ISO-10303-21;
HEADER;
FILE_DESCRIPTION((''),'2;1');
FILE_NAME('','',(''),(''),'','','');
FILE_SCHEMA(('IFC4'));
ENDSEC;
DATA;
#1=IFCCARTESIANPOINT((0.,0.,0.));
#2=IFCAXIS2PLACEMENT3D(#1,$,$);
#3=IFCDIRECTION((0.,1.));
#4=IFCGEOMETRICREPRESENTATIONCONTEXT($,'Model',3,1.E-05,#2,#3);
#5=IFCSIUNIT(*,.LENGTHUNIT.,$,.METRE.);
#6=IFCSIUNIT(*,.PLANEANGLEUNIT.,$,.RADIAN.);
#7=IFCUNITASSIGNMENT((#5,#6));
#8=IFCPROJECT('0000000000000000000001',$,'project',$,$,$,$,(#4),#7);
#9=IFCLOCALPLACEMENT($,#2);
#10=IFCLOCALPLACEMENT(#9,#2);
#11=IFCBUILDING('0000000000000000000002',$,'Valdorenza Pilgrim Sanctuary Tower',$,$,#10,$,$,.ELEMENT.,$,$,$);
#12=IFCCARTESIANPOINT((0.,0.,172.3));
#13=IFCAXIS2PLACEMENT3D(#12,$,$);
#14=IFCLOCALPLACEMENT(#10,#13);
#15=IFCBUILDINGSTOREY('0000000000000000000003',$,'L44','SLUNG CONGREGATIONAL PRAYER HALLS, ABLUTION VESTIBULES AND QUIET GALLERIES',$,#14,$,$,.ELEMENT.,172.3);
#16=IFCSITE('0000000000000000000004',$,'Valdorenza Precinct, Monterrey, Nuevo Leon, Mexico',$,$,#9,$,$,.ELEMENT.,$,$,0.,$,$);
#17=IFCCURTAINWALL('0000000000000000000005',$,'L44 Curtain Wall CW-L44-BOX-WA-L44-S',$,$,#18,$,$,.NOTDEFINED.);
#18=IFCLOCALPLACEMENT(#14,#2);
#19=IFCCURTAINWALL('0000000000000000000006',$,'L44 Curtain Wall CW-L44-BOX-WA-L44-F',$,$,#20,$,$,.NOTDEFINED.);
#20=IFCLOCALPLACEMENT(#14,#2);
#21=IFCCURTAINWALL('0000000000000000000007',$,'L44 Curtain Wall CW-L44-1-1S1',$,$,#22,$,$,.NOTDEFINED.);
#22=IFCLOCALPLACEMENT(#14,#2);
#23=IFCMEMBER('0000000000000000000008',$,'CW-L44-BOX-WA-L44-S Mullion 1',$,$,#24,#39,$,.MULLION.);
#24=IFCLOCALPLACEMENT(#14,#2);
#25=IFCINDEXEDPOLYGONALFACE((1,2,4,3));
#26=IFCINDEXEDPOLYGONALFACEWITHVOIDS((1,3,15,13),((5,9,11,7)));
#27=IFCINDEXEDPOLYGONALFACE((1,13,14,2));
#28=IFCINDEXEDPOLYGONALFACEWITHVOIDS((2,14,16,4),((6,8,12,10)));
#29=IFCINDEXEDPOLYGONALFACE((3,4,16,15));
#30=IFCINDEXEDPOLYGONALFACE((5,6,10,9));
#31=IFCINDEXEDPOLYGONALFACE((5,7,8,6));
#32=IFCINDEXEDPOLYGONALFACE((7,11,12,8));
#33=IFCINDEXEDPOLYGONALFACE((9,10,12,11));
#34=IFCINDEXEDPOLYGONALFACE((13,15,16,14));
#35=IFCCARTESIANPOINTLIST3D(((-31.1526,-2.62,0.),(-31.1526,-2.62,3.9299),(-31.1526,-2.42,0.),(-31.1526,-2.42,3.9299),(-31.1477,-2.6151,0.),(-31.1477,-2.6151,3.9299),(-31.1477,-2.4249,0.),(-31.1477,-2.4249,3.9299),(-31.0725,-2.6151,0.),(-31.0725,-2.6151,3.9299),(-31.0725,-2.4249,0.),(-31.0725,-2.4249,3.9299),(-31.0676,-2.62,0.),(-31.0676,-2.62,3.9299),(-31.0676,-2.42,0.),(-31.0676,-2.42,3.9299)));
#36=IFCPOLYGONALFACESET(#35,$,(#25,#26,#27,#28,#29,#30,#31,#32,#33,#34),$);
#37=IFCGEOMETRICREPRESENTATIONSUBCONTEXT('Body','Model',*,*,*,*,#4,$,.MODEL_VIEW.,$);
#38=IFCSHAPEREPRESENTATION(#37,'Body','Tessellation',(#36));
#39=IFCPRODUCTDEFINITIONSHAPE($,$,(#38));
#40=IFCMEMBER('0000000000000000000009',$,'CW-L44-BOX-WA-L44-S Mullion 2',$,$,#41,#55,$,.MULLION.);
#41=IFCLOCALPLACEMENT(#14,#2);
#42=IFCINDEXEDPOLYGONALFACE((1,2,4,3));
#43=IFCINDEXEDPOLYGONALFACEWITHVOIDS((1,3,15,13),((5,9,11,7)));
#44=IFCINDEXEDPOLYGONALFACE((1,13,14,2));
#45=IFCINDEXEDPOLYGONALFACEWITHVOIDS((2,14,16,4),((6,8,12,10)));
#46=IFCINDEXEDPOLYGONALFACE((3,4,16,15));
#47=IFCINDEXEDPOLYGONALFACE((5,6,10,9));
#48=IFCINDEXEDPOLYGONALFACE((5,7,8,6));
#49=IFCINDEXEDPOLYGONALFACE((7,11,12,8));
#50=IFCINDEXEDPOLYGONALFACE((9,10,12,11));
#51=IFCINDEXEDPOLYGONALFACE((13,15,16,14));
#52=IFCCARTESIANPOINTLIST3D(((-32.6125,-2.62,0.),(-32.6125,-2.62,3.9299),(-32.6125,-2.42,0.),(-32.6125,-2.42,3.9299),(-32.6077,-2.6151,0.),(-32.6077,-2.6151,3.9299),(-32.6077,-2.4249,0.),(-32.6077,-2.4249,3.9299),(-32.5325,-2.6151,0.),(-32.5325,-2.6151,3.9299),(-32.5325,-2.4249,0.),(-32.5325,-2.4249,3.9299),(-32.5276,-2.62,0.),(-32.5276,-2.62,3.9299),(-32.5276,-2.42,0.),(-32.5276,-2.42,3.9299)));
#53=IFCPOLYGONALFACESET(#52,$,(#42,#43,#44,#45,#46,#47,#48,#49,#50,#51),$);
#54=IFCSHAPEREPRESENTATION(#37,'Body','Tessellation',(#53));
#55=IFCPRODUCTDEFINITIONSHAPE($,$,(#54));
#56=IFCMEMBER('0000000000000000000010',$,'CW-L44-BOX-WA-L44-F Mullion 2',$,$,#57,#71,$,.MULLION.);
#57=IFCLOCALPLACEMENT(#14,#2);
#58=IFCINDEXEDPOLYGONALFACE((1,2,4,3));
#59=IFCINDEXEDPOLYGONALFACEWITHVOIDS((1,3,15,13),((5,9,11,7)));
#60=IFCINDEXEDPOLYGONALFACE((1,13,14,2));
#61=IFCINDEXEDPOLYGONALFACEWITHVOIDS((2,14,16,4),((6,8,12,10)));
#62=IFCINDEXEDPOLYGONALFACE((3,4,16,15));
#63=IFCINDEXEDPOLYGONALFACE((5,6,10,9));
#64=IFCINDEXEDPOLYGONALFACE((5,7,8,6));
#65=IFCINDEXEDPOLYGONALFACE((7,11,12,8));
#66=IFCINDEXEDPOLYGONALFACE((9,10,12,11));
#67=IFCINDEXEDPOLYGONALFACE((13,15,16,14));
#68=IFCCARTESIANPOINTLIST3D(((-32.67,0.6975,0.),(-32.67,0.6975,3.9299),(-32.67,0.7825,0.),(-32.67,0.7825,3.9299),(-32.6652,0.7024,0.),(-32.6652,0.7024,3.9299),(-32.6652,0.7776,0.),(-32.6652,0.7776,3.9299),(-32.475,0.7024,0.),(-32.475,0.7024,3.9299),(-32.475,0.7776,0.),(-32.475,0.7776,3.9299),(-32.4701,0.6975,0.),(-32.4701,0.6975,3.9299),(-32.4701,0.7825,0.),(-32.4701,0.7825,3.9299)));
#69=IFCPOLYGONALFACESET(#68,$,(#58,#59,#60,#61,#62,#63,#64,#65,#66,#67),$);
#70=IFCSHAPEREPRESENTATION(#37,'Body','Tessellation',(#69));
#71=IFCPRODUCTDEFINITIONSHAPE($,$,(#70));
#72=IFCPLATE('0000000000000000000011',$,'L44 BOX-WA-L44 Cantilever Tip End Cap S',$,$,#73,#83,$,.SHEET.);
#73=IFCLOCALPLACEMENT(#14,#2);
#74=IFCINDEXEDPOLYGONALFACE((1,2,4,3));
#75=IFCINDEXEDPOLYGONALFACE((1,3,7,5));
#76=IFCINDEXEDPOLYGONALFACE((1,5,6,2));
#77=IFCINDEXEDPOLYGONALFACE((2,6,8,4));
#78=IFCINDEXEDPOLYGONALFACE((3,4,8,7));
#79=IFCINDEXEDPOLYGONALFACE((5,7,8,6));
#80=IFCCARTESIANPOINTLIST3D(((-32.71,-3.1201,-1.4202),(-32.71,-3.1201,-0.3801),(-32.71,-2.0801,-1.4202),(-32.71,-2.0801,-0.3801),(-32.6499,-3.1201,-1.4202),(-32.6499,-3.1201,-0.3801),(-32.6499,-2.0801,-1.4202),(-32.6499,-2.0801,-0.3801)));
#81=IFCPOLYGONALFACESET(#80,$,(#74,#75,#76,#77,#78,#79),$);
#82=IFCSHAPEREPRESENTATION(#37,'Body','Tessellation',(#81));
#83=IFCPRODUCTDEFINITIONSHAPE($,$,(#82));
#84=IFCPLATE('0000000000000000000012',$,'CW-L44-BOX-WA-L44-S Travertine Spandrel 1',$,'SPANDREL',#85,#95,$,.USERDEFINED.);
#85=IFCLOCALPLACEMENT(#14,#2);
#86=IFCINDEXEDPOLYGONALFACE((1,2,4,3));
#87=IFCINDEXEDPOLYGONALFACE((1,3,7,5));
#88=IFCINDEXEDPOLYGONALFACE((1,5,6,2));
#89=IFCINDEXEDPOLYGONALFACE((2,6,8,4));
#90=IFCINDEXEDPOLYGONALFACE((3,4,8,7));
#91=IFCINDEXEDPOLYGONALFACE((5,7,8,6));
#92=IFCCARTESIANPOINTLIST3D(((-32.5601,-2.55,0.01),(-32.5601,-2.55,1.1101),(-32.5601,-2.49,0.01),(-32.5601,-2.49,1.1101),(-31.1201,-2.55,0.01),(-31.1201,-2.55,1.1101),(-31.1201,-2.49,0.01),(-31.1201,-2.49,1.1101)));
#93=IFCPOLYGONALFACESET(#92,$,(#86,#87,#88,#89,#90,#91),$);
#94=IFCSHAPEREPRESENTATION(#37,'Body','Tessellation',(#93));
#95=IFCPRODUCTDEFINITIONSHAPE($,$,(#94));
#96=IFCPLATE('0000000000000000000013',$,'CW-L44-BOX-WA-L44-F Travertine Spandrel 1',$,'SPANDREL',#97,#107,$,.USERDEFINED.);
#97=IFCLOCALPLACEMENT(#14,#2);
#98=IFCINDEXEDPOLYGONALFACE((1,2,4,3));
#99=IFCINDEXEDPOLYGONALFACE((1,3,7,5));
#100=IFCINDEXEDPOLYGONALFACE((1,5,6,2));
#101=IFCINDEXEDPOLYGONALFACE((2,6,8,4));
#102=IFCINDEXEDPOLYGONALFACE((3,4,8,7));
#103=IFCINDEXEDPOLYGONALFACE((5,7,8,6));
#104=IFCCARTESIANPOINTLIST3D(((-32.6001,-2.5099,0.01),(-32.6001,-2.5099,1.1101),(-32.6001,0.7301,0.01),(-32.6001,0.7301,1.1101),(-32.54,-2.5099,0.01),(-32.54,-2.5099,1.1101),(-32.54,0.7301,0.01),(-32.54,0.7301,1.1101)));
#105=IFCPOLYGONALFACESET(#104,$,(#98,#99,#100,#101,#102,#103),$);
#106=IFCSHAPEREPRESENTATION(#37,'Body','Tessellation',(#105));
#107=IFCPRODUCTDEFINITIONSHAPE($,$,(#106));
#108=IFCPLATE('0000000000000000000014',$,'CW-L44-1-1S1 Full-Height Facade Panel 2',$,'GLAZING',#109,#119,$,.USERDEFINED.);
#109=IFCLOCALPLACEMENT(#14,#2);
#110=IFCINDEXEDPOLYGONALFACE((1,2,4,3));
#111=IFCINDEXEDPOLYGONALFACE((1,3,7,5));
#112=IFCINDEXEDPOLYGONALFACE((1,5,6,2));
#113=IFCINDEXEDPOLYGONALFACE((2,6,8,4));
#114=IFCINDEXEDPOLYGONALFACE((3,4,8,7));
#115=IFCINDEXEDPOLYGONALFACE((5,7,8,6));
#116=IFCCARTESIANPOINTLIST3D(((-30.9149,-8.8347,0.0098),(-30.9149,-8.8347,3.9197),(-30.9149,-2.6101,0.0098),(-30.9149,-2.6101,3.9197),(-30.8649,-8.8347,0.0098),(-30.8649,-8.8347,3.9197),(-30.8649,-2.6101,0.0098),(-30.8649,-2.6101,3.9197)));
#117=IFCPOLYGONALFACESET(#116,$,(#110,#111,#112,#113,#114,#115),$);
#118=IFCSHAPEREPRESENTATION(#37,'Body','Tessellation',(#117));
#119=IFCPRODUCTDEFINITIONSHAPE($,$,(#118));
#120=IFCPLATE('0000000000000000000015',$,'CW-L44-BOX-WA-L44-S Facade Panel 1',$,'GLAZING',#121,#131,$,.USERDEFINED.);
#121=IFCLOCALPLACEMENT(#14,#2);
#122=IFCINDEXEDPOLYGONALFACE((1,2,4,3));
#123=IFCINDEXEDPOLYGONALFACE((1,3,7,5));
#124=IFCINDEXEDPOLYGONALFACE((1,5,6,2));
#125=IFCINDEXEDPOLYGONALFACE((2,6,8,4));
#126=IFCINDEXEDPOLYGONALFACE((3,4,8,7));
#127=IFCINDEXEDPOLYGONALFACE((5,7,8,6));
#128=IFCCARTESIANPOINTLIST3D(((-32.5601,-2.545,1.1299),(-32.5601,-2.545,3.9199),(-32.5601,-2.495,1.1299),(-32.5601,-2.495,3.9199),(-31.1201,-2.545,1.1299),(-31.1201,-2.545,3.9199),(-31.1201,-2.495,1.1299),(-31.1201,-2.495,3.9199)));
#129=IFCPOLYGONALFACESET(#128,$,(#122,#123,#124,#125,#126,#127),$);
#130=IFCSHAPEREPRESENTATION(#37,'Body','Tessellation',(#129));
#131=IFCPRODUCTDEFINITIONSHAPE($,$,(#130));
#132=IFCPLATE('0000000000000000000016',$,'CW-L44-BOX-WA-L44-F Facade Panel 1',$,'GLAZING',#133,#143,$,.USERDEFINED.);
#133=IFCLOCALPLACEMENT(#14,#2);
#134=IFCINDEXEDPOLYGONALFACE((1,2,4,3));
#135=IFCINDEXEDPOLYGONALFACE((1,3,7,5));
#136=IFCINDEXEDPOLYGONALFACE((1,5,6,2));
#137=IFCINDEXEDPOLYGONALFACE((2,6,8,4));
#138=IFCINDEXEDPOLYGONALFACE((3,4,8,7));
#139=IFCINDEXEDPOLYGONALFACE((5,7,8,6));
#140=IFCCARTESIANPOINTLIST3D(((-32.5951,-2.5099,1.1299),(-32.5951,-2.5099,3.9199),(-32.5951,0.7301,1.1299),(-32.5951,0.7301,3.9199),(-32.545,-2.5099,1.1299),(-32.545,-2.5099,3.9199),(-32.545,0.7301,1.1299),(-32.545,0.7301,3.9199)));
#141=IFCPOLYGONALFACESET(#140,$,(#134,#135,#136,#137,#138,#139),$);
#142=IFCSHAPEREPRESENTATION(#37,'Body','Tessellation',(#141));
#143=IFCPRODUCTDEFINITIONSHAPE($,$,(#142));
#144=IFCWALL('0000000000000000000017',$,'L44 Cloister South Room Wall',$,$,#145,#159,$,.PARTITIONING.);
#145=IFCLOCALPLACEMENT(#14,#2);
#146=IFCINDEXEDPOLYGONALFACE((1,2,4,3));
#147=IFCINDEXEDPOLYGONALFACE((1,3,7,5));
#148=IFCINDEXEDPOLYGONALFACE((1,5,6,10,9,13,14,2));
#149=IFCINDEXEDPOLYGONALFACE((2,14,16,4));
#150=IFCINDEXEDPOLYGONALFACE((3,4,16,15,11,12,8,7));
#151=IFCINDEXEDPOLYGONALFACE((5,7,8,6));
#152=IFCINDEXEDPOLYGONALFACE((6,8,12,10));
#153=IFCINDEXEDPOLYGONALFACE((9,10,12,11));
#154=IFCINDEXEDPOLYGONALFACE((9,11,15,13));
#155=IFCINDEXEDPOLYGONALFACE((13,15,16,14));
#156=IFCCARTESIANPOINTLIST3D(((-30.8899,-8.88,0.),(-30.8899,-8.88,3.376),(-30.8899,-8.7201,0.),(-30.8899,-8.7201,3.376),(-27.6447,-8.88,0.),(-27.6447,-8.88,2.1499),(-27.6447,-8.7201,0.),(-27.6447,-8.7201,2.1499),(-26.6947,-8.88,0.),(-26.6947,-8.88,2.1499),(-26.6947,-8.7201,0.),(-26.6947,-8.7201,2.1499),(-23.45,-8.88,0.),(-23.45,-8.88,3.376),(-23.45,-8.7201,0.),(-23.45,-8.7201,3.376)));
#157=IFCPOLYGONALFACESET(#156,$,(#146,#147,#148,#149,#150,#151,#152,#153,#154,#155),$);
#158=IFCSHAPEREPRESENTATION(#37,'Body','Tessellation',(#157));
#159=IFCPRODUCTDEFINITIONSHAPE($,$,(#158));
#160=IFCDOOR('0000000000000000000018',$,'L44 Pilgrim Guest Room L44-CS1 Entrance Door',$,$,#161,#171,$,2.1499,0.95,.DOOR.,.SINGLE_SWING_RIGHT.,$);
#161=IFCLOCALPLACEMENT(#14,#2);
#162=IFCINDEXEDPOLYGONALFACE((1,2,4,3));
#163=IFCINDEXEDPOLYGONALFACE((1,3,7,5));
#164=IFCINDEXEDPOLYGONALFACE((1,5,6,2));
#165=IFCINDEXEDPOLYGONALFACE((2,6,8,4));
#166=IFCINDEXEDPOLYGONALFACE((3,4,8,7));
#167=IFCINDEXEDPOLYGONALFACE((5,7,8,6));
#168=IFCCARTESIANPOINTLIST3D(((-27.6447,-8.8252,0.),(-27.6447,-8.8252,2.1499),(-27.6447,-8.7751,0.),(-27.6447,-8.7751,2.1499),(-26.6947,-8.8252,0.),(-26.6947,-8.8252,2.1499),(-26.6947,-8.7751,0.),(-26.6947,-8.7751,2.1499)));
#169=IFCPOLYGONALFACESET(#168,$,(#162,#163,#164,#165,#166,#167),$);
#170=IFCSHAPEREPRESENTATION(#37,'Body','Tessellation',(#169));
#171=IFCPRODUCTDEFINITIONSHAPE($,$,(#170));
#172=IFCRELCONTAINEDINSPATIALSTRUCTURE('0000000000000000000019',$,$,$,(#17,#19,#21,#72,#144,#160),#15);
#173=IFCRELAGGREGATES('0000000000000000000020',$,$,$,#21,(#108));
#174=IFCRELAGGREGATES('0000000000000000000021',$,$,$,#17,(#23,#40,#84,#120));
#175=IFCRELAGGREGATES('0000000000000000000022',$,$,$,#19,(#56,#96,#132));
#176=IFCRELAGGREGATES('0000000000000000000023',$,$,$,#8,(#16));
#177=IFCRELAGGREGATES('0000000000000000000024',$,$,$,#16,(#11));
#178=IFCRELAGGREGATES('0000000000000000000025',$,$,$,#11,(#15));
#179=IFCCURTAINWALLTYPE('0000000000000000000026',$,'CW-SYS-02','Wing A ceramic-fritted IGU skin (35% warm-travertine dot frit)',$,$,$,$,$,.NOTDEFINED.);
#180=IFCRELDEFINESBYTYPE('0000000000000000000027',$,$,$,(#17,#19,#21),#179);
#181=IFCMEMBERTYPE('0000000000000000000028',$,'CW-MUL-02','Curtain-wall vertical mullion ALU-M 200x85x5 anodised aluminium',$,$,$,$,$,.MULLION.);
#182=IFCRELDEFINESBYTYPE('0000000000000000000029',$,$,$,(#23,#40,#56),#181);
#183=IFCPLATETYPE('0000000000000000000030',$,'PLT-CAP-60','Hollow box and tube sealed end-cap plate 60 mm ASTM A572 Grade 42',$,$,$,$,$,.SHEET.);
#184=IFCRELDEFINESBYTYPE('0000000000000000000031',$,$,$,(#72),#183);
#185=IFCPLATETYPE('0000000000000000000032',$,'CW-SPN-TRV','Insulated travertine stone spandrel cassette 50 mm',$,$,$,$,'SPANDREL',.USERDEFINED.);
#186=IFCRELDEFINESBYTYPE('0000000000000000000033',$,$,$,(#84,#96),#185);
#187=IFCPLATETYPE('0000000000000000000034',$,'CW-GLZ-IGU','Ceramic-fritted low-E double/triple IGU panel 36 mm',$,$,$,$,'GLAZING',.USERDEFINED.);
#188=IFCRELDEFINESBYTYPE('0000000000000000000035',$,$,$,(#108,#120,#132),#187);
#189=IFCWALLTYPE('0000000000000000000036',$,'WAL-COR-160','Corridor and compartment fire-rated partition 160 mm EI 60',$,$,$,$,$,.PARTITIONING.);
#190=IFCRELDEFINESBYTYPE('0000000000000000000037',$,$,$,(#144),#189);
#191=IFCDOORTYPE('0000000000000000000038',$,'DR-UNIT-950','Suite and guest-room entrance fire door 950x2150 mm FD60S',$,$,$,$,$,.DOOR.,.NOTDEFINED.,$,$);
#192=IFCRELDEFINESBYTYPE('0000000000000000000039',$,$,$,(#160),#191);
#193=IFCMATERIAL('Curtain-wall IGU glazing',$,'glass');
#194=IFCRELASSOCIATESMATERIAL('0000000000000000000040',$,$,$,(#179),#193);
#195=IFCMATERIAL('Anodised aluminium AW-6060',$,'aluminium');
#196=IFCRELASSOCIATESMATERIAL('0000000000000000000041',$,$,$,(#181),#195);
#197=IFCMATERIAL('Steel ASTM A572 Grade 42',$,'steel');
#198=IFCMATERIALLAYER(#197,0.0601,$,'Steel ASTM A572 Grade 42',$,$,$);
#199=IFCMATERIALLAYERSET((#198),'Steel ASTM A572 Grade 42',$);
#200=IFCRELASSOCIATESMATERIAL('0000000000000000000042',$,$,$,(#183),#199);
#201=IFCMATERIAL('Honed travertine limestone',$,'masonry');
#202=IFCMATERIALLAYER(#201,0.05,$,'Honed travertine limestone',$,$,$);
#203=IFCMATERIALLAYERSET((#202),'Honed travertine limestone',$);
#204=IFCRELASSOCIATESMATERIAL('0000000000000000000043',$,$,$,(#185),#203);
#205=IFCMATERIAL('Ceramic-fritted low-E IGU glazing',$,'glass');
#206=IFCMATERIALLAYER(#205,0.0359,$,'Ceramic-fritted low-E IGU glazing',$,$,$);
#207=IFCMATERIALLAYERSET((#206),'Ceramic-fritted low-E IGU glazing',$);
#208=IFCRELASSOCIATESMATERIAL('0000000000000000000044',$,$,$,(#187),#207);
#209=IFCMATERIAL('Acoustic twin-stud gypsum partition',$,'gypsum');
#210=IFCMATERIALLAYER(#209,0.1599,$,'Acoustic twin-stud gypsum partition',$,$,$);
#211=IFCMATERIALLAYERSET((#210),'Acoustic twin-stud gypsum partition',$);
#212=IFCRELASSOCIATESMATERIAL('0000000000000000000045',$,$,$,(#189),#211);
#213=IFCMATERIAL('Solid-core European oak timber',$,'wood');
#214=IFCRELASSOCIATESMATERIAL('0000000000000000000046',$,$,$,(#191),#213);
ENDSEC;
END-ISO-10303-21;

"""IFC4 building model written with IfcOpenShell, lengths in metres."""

from ifc_helpers import new_model, si_unit, direction, frame, frame_2d, origin, origin_2d, place, context, subcontext, project, spatial, rectangle, hollow_rectangle, extrude, source, transform, mapped, material, layer, layer_set, material_profile, profile_set, type_object, element, fill, aggregate, save


model = new_model("IFC4")

# Units and contexts
model_context = context("Model", 3, precision=1e-05, world=origin(), true_north=direction((0.0, 1.0)))
body_context = subcontext(model_context, "Body", "Model", "MODEL_VIEW")
ifc_project = project(units=[si_unit("LENGTHUNIT", "METRE"), si_unit("PLANEANGLEUNIT", "RADIAN")], contexts=[model_context])

# Site, building, storey
site_placement = place(None, origin())
site = spatial("IfcSite", under=ifc_project, at=site_placement, Name="Valdorenza Precinct, Monterrey, Nuevo Leon, Mexico", CompositionType="ELEMENT", RefElevation=0.0)
building_placement = place(site_placement, origin())
building = spatial("IfcBuilding", under=site, at=building_placement, Name="Valdorenza Pilgrim Sanctuary Tower", CompositionType="ELEMENT")
storey_placement = place(building_placement, frame((0.0, 0.0, 172.3)))
storey = spatial("IfcBuildingStorey", under=building, at=storey_placement, Name="L44", Description="SLUNG CONGREGATIONAL PRAYER HALLS, ABLUTION VESTIBULES AND QUIET GALLERIES", CompositionType="ELEMENT", Elevation=172.3)

# Curtain walls
ifc_material_1 = material(Name="Curtain-wall IGU glazing", Category="glass")
curtain_wall_type = type_object("IfcCurtainWallType", Name="CW-SYS-02", Description="Wing A ceramic-fritted IGU skin (35% warm-travertine dot frit)", PredefinedType="NOTDEFINED", material=ifc_material_1)
curtain_wall_1_placement = place(storey_placement, origin())
curtain_wall_1 = element("IfcCurtainWall", 1, at=curtain_wall_1_placement, inside=storey, type_object=curtain_wall_type, Name="L44 Curtain Wall CW-L44-BOX-WA-L44-S", PredefinedType="NOTDEFINED")
ifc_material_2 = material(Name="Anodised aluminium AW-6060", Category="aluminium")
curtain_wall_2_placement = place(storey_placement, origin())
curtain_wall_2 = element("IfcCurtainWall", 2, at=curtain_wall_2_placement, inside=storey, type_object=curtain_wall_type, Name="L44 Curtain Wall CW-L44-BOX-WA-L44-F", PredefinedType="NOTDEFINED")
curtain_wall_3_placement = place(storey_placement, origin())
curtain_wall_3 = element("IfcCurtainWall", 3, at=curtain_wall_3_placement, inside=storey, type_object=curtain_wall_type, Name="L44 Curtain Wall CW-L44-1-1S1", PredefinedType="NOTDEFINED")
ifc_material_profile_1 = material_profile(ifc_material_2, hollow_rectangle(XDim=0.085, YDim=0.2, WallThickness=0.0049, at=origin_2d()), Name="ALU-M 200x85x5")
ifc_profile_set_1 = profile_set([ifc_material_profile_1], Name="Anodised aluminium AW-6060")
member_type_1 = type_object("IfcMemberType", Name="CW-MUL-02", Description="Curtain-wall vertical mullion ALU-M 200x85x5 anodised aluminium", PredefinedType="MULLION", material=ifc_profile_set_1)
shared_shape_1 = source(origin(), body_context, "Body", "SweptSolid", [
    extrude(hollow_rectangle(XDim=0.085, YDim=0.2, WallThickness=0.0049, at=origin_2d()), origin(), (0.0, 0.0, 1.0), 3.9299),
])

# Members
member_1_placement = place(storey_placement, frame((-31.1101, -2.52, 0.0), z_axis=(0.0, 0.0, 1.0), x_axis=(-1.0, 0.0, 0.0)))
member_1 = element("IfcMember", 4, at=member_1_placement, type_object=member_type_1, Name="CW-L44-BOX-WA-L44-S Mullion 1", PredefinedType="MULLION", context=body_context, shape_type="MappedRepresentation", body=[
    mapped(shared_shape_1, transform((0.0, 0.0, 0.0), x_axis=(1.0, 0.0, 0.0), y_axis=(0.0, 1.0, 0.0), z_axis=(0.0, 0.0, 1.0), scale=1.0)),
])
member_2_placement = place(storey_placement, frame((-32.5701, -2.52, 0.0), z_axis=(0.0, 0.0, 1.0), x_axis=(-1.0, 0.0, 0.0)))
member_2 = element("IfcMember", 5, at=member_2_placement, type_object=member_type_1, Name="CW-L44-BOX-WA-L44-S Mullion 2", PredefinedType="MULLION", context=body_context, shape_type="MappedRepresentation", body=[
    mapped(shared_shape_1, transform((0.0, 0.0, 0.0), x_axis=(1.0, 0.0, 0.0), y_axis=(0.0, 1.0, 0.0), z_axis=(0.0, 0.0, 1.0), scale=1.0)),
])
member_3_placement = place(storey_placement, frame((-32.5701, 0.74, 0.0), z_axis=(0.0, 0.0, 1.0), x_axis=(0.0, 1.0, 0.0)))
member_3 = element("IfcMember", 6, at=member_3_placement, type_object=member_type_1, Name="CW-L44-BOX-WA-L44-F Mullion 2", PredefinedType="MULLION", context=body_context, shape_type="MappedRepresentation", body=[
    mapped(shared_shape_1, transform((0.0, 0.0, 0.0), x_axis=(1.0, 0.0, 0.0), y_axis=(0.0, 1.0, 0.0), z_axis=(0.0, 0.0, 1.0), scale=1.0)),
])

# Plates
ifc_material_3 = material(Name="Steel ASTM A572 Grade 42", Category="steel")
ifc_layer_1 = layer(ifc_material_3, 0.0601, Name="Steel ASTM A572 Grade 42")
ifc_layer_set_1 = layer_set([ifc_layer_1], Name="Steel ASTM A572 Grade 42")
plate_type_1 = type_object("IfcPlateType", Name="PLT-CAP-60", Description="Hollow box and tube sealed end-cap plate 60 mm ASTM A572 Grade 42", PredefinedType="SHEET", material=ifc_layer_set_1)
shared_shape_2 = source(origin(), body_context, "Body", "SweptSolid", [
    extrude(rectangle(XDim=0.0601, YDim=1.04, at=origin_2d()), origin(), (0.0, 0.0, 1.0), 1.04),
])
plate_1_placement = place(storey_placement, frame((-32.6799, -2.6001, -1.4202), z_axis=(0.0, 0.0, 1.0), x_axis=(1.0, 0.0, 0.0)))
element("IfcPlate", 7, at=plate_1_placement, inside=storey, type_object=plate_type_1, Name="L44 BOX-WA-L44 Cantilever Tip End Cap S", PredefinedType="SHEET", context=body_context, shape_type="MappedRepresentation", body=[
    mapped(shared_shape_2, transform((0.0, 0.0, 0.0), x_axis=(1.0, 0.0, 0.0), y_axis=(0.0, 1.0, 0.0), z_axis=(0.0, 0.0, 1.0), scale=1.0)),
])
ifc_material_4 = material(Name="Honed travertine limestone", Category="masonry")
ifc_layer_2 = layer(ifc_material_4, 0.05, Name="Honed travertine limestone")
ifc_layer_set_2 = layer_set([ifc_layer_2], Name="Honed travertine limestone")
plate_type_2 = type_object("IfcPlateType", Name="CW-SPN-TRV", Description="Insulated travertine stone spandrel cassette 50 mm", ElementType="SPANDREL", PredefinedType="USERDEFINED", material=ifc_layer_set_2)
shared_shape_3 = source(origin(), body_context, "Body", "SweptSolid", [
    extrude(rectangle(XDim=1.4399, YDim=0.0601, at=origin_2d()), origin(), (0.0, 0.0, 1.0), 1.1001),
])
plate_2_placement = place(storey_placement, frame((-31.8401, -2.52, 0.01), z_axis=(0.0, 0.0, 1.0), x_axis=(-1.0, 0.0, 0.0)))
plate_2 = element("IfcPlate", 8, at=plate_2_placement, type_object=plate_type_2, Name="CW-L44-BOX-WA-L44-S Travertine Spandrel 1", ObjectType="SPANDREL", PredefinedType="USERDEFINED", context=body_context, shape_type="MappedRepresentation", body=[
    mapped(shared_shape_3, transform((0.0, 0.0, 0.0), x_axis=(1.0, 0.0, 0.0), y_axis=(0.0, 1.0, 0.0), z_axis=(0.0, 0.0, 1.0), scale=1.0)),
])
shared_shape_4 = source(origin(), body_context, "Body", "SweptSolid", [
    extrude(rectangle(XDim=3.24, YDim=0.0601, at=origin_2d()), origin(), (0.0, 0.0, 1.0), 1.1001),
])
plate_3_placement = place(storey_placement, frame((-32.5701, -0.8899, 0.01), z_axis=(0.0, 0.0, 1.0), x_axis=(0.0, 1.0, 0.0)))
plate_3 = element("IfcPlate", 9, at=plate_3_placement, type_object=plate_type_2, Name="CW-L44-BOX-WA-L44-F Travertine Spandrel 1", ObjectType="SPANDREL", PredefinedType="USERDEFINED", context=body_context, shape_type="MappedRepresentation", body=[
    mapped(shared_shape_4, transform((0.0, 0.0, 0.0), x_axis=(1.0, 0.0, 0.0), y_axis=(0.0, 1.0, 0.0), z_axis=(0.0, 0.0, 1.0), scale=1.0)),
])
ifc_material_5 = material(Name="Ceramic-fritted low-E IGU glazing", Category="glass")
ifc_layer_3 = layer(ifc_material_5, 0.0359, Name="Ceramic-fritted low-E IGU glazing")
ifc_layer_set_3 = layer_set([ifc_layer_3], Name="Ceramic-fritted low-E IGU glazing")
plate_type_3 = type_object("IfcPlateType", Name="CW-GLZ-IGU", Description="Ceramic-fritted low-E double/triple IGU panel 36 mm", ElementType="GLAZING", PredefinedType="USERDEFINED", material=ifc_layer_set_3)
shared_shape_5 = source(origin(), body_context, "Body", "SweptSolid", [
    extrude(rectangle(XDim=6.2246, YDim=0.05, at=origin_2d()), origin(), (0.0, 0.0, 1.0), 3.9099),
])
plate_4_placement = place(storey_placement, frame((-30.8899, -5.7224, 0.0098), z_axis=(0.0, 0.0, 1.0), x_axis=(0.0, 1.0, 0.0)))
plate_4 = element("IfcPlate", 10, at=plate_4_placement, type_object=plate_type_3, Name="CW-L44-1-1S1 Full-Height Facade Panel 2", ObjectType="GLAZING", PredefinedType="USERDEFINED", context=body_context, shape_type="MappedRepresentation", body=[
    mapped(shared_shape_5, transform((0.0, 0.0, 0.0), x_axis=(1.0, 0.0, 0.0), y_axis=(0.0, 1.0, 0.0), z_axis=(0.0, 0.0, 1.0), scale=1.0)),
])
aggregate(curtain_wall_3, [plate_4])
shared_shape_6 = source(origin(), body_context, "Body", "SweptSolid", [
    extrude(rectangle(XDim=1.4399, YDim=0.05, at=origin_2d()), origin(), (0.0, 0.0, 1.0), 2.79),
])
plate_5_placement = place(storey_placement, frame((-31.8401, -2.52, 1.1299), z_axis=(0.0, 0.0, 1.0), x_axis=(-1.0, 0.0, 0.0)))
plate_5 = element("IfcPlate", 11, at=plate_5_placement, type_object=plate_type_3, Name="CW-L44-BOX-WA-L44-S Facade Panel 1", ObjectType="GLAZING", PredefinedType="USERDEFINED", context=body_context, shape_type="MappedRepresentation", body=[
    mapped(shared_shape_6, transform((0.0, 0.0, 0.0), x_axis=(1.0, 0.0, 0.0), y_axis=(0.0, 1.0, 0.0), z_axis=(0.0, 0.0, 1.0), scale=1.0)),
])
aggregate(curtain_wall_1, [member_1, member_2, plate_2, plate_5])
shared_shape_7 = source(origin(), body_context, "Body", "SweptSolid", [
    extrude(rectangle(XDim=3.24, YDim=0.05, at=origin_2d()), origin(), (0.0, 0.0, 1.0), 2.79),
])
plate_6_placement = place(storey_placement, frame((-32.5701, -0.8899, 1.1299), z_axis=(0.0, 0.0, 1.0), x_axis=(0.0, 1.0, 0.0)))
plate_6 = element("IfcPlate", 12, at=plate_6_placement, type_object=plate_type_3, Name="CW-L44-BOX-WA-L44-F Facade Panel 1", ObjectType="GLAZING", PredefinedType="USERDEFINED", context=body_context, shape_type="MappedRepresentation", body=[
    mapped(shared_shape_7, transform((0.0, 0.0, 0.0), x_axis=(1.0, 0.0, 0.0), y_axis=(0.0, 1.0, 0.0), z_axis=(0.0, 0.0, 1.0), scale=1.0)),
])
aggregate(curtain_wall_2, [member_3, plate_3, plate_6])

# Wall, opening, door
ifc_material_6 = material(Name="Acoustic twin-stud gypsum partition", Category="gypsum")
ifc_layer_4 = layer(ifc_material_6, 0.1599, Name="Acoustic twin-stud gypsum partition")
ifc_layer_set_4 = layer_set([ifc_layer_4], Name="Acoustic twin-stud gypsum partition")
wall_type = type_object("IfcWallType", Name="WAL-COR-160", Description="Corridor and compartment fire-rated partition 160 mm EI 60", PredefinedType="PARTITIONING", material=ifc_layer_set_4)
wall_placement = place(storey_placement, frame((-30.8899, -8.8, 0.0), z_axis=(0.0, 0.0, 1.0), x_axis=(1.0, 0.0, 0.0)))
wall = element("IfcWall", 13, at=wall_placement, inside=storey, type_object=wall_type, Name="L44 Cloister South Room Wall", PredefinedType="PARTITIONING", context=body_context, shape_type="SweptSolid", body=[
    extrude(rectangle(XDim=7.4399, YDim=0.1599, at=frame_2d((3.72, 0.0))), origin(), (0.0, 0.0, 1.0), 3.376),
])
opening_placement = place(wall_placement, frame((3.2451, 0.0, 0.0)))
opening = element("IfcOpeningElement", 14, at=opening_placement, cuts=wall, PredefinedType="OPENING", context=body_context, shape_type="SweptSolid", body=[
    extrude(rectangle(XDim=0.95, YDim=2.1499, at=frame_2d((0.4751, 1.075))), frame((0.0, 0.0947, 0.0), z_axis=(0.0, -1.0, 0.0), x_axis=(1.0, 0.0, 0.0)), (0.0, 0.0, 1.0), 0.1897),
])
ifc_material_7 = material(Name="Solid-core European oak timber", Category="wood")
door_type = type_object("IfcDoorType", Name="DR-UNIT-950", Description="Suite and guest-room entrance fire door 950x2150 mm FD60S", OperationType="NOTDEFINED", PredefinedType="DOOR", material=ifc_material_7)
door_placement = place(opening_placement, origin())
door = element("IfcDoor", 15, at=door_placement, inside=storey, type_object=door_type, Name="L44 Pilgrim Guest Room L44-CS1 Entrance Door", OperationType="SINGLE_SWING_RIGHT", OverallHeight=2.1499, OverallWidth=0.95, PredefinedType="DOOR", context=body_context, shape_type="SweptSolid", body=[
    extrude(rectangle(XDim=0.95, YDim=2.1499, at=frame_2d((0.4751, 1.075))), frame((0.0, 0.0249, 0.0), z_axis=(0.0, -1.0, 0.0), x_axis=(1.0, 0.0, 0.0)), (0.0, 0.0, 1.0), 0.05),
])
fill(opening, door)

save(model, "model.ifc")
